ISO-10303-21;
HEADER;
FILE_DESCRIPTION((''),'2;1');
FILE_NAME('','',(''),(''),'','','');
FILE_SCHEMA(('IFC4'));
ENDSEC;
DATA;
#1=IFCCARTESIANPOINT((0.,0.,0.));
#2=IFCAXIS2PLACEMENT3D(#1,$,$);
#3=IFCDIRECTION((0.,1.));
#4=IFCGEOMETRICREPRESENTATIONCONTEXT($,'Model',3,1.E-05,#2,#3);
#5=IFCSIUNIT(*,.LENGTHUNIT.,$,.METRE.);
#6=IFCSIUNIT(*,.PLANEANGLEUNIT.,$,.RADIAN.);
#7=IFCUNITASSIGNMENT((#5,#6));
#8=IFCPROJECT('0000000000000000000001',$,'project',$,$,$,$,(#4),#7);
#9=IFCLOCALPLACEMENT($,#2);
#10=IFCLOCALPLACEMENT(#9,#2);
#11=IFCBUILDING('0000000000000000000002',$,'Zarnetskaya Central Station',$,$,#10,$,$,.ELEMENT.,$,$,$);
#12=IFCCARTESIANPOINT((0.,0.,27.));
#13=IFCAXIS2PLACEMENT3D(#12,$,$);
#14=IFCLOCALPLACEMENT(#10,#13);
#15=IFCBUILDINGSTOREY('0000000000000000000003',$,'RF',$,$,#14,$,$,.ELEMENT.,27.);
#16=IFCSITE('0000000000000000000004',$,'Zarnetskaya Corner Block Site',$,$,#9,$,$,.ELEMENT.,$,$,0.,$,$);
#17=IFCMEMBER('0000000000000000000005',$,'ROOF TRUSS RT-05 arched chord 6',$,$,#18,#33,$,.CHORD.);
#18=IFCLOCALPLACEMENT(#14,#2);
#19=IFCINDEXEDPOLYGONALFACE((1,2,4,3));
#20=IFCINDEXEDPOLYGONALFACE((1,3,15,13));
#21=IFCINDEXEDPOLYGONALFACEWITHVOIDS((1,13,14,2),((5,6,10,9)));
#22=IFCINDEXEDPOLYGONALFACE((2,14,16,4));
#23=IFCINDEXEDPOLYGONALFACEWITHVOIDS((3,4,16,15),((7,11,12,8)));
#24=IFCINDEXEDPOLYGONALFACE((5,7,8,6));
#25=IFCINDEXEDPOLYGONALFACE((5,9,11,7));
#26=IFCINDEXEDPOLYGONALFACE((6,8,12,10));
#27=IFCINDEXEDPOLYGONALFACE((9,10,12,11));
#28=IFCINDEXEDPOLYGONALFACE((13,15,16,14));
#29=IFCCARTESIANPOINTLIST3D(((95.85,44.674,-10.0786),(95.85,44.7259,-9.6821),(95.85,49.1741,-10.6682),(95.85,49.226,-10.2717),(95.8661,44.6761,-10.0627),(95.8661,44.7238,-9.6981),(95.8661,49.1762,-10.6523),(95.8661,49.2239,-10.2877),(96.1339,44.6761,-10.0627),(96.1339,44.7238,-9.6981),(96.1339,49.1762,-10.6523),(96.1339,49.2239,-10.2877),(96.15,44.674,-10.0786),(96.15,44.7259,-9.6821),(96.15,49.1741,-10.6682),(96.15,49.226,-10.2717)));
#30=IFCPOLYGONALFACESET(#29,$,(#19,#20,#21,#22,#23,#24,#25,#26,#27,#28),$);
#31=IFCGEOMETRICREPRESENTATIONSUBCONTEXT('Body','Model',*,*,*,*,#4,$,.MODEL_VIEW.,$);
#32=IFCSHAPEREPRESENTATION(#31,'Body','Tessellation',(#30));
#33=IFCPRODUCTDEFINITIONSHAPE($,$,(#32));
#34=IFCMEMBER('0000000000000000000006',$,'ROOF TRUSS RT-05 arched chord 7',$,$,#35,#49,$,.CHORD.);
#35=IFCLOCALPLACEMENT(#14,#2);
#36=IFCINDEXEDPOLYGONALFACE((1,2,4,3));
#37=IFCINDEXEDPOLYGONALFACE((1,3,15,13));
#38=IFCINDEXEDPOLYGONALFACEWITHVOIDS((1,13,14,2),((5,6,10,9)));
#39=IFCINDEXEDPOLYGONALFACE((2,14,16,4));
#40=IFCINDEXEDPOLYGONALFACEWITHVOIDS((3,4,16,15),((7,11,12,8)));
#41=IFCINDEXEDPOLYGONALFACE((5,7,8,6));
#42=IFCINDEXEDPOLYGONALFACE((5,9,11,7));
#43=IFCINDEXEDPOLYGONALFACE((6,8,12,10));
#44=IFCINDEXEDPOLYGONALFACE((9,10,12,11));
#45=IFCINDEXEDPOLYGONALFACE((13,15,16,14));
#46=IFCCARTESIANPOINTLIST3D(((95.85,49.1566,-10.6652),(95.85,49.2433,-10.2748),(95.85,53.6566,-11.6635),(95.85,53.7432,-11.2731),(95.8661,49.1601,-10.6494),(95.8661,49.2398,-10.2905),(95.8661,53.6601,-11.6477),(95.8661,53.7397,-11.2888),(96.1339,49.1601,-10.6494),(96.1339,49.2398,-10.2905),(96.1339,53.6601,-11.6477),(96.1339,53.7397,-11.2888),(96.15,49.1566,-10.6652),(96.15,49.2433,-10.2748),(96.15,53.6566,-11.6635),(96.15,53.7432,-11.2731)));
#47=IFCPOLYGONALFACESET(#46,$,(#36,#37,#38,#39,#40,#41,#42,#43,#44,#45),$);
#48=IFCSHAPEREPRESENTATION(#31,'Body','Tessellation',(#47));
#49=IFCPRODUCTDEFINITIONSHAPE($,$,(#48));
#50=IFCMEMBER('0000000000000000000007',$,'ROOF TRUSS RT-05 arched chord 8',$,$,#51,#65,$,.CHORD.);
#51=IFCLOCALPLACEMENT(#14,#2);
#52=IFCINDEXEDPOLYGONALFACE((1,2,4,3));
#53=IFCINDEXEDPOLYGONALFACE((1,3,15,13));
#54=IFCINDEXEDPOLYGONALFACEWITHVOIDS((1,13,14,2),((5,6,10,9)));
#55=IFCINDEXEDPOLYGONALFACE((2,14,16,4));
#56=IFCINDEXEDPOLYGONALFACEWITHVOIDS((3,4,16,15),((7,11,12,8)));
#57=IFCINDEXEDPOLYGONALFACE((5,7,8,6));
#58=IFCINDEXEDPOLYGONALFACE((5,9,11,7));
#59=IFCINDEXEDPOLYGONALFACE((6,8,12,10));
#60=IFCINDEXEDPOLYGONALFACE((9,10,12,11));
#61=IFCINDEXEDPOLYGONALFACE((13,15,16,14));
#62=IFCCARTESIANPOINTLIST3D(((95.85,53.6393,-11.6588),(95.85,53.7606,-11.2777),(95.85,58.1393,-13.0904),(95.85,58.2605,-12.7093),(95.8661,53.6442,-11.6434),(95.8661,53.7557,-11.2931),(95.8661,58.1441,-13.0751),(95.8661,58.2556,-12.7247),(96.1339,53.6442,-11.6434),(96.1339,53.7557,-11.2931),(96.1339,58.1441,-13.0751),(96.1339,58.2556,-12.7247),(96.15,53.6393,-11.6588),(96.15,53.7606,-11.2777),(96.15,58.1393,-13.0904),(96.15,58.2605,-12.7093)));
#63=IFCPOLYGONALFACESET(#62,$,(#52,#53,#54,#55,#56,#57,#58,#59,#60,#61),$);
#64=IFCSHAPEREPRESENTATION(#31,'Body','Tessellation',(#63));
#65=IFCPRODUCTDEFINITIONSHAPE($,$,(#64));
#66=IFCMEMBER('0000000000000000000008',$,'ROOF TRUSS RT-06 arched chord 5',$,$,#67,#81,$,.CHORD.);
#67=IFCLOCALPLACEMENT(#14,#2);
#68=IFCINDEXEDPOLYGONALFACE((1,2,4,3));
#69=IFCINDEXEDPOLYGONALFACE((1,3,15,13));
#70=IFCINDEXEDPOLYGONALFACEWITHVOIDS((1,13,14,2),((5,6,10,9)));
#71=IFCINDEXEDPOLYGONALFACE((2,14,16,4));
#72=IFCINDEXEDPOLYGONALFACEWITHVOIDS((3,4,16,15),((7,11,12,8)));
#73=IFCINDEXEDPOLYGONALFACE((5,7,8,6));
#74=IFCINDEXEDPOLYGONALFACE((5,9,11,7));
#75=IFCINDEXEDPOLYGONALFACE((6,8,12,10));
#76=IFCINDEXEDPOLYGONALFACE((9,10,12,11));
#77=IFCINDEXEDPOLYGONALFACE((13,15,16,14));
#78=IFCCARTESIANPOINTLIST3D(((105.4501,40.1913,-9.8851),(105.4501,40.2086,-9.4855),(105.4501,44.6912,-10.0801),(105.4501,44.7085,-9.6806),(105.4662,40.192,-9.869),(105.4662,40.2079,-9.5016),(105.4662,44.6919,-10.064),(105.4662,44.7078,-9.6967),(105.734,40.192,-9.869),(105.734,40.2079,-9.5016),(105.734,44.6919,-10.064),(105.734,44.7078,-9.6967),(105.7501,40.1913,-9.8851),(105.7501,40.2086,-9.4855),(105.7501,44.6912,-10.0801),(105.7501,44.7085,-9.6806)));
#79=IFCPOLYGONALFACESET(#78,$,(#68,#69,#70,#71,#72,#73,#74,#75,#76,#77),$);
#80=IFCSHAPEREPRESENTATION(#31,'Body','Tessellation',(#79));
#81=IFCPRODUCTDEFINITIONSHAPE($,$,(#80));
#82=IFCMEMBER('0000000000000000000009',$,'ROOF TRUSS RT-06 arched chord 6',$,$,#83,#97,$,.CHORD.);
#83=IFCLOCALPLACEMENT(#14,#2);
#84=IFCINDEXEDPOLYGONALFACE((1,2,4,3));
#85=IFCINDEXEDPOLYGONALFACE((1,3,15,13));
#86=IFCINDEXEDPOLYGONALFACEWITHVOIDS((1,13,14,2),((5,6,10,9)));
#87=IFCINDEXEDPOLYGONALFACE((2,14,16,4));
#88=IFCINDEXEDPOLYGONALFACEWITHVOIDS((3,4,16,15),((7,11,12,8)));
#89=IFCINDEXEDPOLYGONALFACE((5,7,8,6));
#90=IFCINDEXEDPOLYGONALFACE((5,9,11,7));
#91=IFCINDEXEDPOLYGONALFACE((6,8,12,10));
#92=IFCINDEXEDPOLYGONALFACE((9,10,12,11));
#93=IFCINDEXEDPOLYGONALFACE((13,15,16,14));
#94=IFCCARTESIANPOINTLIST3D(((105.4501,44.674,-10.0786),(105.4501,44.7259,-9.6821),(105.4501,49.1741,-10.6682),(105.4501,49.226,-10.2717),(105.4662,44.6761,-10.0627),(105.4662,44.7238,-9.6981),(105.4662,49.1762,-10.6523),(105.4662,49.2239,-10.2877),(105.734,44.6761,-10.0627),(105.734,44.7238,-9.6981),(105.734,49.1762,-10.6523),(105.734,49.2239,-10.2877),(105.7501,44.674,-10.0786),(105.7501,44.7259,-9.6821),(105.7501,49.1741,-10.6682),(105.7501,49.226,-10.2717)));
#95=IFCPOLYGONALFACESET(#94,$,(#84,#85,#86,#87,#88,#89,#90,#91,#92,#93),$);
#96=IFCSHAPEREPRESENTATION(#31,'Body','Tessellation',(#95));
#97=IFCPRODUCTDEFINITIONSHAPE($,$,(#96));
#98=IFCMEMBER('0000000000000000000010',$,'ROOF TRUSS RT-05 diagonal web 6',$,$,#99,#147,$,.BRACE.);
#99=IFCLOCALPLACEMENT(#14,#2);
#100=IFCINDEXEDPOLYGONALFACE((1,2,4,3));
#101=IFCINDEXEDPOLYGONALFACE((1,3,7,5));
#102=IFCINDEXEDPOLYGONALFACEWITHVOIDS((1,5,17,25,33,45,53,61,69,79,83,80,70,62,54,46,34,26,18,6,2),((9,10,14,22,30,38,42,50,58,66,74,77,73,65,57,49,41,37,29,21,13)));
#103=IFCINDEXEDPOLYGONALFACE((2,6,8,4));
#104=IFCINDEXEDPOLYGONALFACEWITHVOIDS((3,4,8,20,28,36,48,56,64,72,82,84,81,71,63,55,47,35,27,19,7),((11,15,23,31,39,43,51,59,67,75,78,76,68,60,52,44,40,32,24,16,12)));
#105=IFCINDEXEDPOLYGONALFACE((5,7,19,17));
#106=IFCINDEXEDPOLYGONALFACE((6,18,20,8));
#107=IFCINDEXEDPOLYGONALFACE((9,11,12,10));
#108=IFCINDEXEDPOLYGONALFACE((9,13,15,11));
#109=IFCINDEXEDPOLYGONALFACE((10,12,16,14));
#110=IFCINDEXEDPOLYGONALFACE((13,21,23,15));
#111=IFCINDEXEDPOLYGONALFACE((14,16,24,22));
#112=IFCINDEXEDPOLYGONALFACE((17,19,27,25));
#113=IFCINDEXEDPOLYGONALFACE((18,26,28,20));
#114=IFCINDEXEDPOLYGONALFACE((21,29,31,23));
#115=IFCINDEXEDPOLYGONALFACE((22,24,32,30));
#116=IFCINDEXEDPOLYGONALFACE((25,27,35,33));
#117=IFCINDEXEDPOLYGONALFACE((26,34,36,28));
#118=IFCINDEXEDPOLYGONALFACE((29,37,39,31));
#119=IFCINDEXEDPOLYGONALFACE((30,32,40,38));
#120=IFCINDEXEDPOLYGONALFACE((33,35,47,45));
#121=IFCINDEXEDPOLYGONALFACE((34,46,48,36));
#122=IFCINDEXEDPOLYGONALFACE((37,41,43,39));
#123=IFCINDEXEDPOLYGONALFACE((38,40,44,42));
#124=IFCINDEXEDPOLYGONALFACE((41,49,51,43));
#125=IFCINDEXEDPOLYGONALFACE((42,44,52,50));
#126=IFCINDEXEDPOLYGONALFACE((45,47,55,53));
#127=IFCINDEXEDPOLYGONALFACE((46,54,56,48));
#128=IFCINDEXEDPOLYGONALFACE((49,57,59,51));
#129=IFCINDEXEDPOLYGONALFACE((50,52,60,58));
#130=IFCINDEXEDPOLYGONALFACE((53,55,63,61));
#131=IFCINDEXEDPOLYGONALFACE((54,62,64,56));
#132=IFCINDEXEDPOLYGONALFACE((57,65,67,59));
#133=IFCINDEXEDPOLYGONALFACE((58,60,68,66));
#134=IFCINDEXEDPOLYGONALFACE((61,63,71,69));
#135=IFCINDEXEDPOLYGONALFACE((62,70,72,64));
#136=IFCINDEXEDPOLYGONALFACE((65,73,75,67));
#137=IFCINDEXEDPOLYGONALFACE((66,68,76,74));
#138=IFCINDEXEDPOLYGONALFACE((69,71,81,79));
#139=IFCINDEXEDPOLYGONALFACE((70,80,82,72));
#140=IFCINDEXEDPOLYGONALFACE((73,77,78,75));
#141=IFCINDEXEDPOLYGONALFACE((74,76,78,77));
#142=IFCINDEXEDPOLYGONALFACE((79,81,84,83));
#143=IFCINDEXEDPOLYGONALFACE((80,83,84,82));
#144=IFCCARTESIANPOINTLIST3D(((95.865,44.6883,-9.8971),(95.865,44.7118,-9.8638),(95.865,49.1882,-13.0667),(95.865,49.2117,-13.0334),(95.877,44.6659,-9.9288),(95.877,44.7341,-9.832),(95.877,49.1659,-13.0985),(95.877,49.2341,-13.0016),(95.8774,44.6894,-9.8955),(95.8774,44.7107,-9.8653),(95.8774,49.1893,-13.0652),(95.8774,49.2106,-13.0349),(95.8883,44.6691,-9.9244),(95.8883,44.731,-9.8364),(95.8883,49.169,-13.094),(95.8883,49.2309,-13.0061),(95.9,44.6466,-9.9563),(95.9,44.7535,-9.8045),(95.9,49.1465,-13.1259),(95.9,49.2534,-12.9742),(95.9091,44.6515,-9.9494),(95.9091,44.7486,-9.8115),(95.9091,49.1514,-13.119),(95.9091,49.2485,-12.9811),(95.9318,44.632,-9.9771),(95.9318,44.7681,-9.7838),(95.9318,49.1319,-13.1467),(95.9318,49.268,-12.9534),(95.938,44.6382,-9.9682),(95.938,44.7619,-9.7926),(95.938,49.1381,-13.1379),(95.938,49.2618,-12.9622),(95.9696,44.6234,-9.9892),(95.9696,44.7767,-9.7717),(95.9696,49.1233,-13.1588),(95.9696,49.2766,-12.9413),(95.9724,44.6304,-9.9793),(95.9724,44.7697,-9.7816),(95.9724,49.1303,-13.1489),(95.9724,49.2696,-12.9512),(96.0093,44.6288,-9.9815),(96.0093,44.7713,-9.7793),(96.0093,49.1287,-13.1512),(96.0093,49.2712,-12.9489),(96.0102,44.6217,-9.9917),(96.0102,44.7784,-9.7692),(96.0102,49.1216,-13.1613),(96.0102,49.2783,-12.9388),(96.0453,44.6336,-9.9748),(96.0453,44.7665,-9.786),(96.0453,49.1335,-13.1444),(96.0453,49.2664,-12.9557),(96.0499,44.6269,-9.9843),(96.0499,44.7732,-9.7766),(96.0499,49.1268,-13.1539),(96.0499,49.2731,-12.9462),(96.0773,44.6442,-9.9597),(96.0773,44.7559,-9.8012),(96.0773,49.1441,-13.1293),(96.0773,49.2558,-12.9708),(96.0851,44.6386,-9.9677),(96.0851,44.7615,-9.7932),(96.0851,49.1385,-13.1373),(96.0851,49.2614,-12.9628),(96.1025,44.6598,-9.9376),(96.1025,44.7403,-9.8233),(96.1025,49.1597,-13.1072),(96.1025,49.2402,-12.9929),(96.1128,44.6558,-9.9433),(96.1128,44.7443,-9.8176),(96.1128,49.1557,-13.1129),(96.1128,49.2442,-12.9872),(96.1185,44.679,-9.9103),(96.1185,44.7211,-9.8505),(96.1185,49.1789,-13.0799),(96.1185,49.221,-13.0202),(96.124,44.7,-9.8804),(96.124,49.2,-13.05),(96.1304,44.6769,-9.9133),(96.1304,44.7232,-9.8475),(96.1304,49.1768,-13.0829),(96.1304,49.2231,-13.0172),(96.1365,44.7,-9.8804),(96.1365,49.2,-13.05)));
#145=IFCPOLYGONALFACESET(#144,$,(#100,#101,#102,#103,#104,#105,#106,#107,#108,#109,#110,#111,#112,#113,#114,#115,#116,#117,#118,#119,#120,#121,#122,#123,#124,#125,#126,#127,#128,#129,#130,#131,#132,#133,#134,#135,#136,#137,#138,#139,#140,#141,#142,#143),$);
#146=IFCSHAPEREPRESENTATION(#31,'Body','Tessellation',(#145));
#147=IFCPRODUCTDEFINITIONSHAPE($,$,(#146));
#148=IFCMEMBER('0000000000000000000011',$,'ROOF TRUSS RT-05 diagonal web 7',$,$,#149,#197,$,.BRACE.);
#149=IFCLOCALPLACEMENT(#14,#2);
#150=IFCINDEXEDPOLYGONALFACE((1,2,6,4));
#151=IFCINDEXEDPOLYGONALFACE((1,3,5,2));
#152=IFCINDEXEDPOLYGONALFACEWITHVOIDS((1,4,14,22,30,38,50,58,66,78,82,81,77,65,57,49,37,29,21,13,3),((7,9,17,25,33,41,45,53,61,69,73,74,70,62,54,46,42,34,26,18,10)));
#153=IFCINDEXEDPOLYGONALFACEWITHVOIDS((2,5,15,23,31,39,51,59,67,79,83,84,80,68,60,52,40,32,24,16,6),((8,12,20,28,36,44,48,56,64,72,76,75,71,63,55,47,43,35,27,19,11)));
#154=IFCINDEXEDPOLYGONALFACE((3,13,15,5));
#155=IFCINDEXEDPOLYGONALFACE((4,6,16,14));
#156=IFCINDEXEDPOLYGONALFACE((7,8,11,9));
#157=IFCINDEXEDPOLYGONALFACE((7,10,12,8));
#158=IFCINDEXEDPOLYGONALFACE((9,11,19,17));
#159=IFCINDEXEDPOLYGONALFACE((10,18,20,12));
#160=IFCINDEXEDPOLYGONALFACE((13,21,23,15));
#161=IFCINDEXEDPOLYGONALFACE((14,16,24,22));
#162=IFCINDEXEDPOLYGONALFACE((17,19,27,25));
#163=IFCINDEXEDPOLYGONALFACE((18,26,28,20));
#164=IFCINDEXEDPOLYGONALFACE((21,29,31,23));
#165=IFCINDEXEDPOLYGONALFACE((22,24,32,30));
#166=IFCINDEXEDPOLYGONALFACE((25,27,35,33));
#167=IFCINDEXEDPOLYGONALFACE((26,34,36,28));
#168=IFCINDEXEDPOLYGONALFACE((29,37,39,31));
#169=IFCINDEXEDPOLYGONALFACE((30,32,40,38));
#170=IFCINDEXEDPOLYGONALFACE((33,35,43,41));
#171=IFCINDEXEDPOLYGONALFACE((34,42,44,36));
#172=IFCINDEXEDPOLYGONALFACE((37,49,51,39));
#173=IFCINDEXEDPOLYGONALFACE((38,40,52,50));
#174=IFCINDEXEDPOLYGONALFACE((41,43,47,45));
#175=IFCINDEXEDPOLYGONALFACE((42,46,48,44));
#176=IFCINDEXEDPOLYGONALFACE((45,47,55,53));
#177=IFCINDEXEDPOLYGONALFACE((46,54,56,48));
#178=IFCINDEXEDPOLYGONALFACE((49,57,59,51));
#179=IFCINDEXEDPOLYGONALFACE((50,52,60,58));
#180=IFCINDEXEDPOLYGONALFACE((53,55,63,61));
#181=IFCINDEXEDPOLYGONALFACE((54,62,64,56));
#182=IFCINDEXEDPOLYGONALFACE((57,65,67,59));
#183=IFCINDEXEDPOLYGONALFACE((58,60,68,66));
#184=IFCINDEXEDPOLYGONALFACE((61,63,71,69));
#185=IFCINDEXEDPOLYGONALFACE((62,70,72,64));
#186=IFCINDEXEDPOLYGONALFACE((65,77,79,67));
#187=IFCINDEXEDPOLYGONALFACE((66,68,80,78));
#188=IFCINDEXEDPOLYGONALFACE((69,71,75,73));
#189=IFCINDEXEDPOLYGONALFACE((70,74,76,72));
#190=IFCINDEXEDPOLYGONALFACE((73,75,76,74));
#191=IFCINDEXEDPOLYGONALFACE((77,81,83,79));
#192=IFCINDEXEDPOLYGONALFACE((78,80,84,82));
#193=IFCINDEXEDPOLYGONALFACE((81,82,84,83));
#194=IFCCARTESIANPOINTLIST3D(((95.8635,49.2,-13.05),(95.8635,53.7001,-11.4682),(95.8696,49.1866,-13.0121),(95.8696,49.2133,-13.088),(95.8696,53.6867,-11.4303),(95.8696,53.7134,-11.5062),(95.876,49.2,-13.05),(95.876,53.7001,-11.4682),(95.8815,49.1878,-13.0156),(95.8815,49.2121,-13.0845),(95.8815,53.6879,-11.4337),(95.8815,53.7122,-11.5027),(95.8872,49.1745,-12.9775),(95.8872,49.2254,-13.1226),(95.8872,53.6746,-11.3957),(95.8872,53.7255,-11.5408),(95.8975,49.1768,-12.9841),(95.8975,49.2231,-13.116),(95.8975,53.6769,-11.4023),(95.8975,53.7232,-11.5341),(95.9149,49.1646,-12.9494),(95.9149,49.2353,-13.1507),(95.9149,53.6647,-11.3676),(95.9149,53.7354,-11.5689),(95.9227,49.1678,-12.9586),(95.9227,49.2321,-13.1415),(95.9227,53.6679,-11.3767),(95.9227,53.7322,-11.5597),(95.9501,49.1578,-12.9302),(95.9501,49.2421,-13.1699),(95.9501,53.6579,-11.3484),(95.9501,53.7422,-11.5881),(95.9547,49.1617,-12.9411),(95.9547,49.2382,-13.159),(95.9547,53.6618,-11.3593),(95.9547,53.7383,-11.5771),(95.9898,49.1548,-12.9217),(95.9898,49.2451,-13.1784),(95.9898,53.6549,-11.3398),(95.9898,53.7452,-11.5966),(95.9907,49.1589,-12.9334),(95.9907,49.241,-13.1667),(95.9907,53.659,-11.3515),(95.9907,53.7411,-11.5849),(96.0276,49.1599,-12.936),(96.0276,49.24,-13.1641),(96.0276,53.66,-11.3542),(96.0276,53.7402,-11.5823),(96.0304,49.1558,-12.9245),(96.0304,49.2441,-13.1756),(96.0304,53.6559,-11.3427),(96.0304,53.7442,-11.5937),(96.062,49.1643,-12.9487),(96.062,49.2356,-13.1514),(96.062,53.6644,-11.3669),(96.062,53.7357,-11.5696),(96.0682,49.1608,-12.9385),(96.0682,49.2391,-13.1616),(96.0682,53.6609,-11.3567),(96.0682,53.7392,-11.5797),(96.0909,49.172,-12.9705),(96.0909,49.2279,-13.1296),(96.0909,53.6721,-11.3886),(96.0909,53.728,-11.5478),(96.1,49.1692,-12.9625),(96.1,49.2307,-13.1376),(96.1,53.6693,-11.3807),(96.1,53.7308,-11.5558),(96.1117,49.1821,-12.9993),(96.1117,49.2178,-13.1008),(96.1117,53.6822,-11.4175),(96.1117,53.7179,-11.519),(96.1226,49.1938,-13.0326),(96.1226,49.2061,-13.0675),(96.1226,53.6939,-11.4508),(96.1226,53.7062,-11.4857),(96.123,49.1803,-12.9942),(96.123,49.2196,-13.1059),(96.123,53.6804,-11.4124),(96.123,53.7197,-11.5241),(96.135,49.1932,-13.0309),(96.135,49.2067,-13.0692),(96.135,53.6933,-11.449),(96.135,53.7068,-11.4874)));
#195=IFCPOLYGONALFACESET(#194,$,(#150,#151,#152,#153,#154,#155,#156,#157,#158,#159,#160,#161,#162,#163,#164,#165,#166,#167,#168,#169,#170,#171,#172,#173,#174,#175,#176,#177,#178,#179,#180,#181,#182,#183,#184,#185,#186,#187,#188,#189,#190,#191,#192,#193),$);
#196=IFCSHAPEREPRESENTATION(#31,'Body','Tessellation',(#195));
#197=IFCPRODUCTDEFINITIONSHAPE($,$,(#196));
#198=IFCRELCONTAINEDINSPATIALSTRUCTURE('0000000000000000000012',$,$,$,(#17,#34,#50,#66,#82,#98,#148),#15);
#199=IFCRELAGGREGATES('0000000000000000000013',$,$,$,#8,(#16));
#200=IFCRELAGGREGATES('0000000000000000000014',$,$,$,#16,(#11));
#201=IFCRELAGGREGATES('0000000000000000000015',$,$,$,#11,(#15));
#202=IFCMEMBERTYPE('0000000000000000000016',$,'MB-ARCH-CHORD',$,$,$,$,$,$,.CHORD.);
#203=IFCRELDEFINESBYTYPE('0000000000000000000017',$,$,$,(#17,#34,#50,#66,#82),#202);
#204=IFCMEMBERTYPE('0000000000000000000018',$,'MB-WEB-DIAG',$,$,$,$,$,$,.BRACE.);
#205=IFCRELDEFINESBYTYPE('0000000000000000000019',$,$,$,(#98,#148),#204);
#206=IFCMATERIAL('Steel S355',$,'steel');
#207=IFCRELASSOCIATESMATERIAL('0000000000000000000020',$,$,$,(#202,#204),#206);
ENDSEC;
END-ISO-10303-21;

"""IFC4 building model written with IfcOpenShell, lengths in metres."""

from ifc_helpers import new_model, si_unit, direction, frame, origin, origin_2d, place, context, subcontext, project, spatial, hollow_rectangle, hollow_circle, extrude, material, material_profile, profile_set, type_object, element, save


model = new_model("IFC4")

# Units and contexts
model_context = context("Model", 3, precision=1e-05, world=origin(), true_north=direction((0.0, 1.0)))
body_context = subcontext(model_context, "Body", "Model", "MODEL_VIEW")
ifc_project = project(units=[si_unit("LENGTHUNIT", "METRE"), si_unit("PLANEANGLEUNIT", "RADIAN")], contexts=[model_context])

# Site, building, storey
site_placement = place(None, origin())
site = spatial("IfcSite", under=ifc_project, at=site_placement, Name="Zarnetskaya Corner Block Site", CompositionType="ELEMENT", RefElevation=0.0)
building_placement = place(site_placement, origin())
building = spatial("IfcBuilding", under=site, at=building_placement, Name="Zarnetskaya Central Station", CompositionType="ELEMENT")
storey_placement = place(building_placement, frame((0.0, 0.0, 27.0)))
storey = spatial("IfcBuildingStorey", under=building, at=storey_placement, Name="RF", CompositionType="ELEMENT", Elevation=27.0)

# Shared definitions
ifc_material_1 = material(Name="Steel S355", Category="steel")

# Members
ifc_material_profile_1 = material_profile(ifc_material_1, hollow_rectangle(XDim=0.3, YDim=0.3999, WallThickness=0.0161, at=origin_2d()), Name="RHS 400x300x16")
ifc_profile_set_1 = profile_set([ifc_material_profile_1], Name="Steel S355")
member_type_1 = type_object("IfcMemberType", Name="MB-ARCH-CHORD", PredefinedType="CHORD", material=ifc_profile_set_1)
member_1_placement = place(storey_placement, frame((96.0, 44.7, -9.8804), z_axis=(0.0, 0.991526, -0.129912), x_axis=(-1.0, 0.0, 0.0)))
element("IfcMember", 1, at=member_1_placement, inside=storey, type_object=member_type_1, Name="ROOF TRUSS RT-05 arched chord 6", PredefinedType="CHORD", context=body_context, shape_type="SweptSolid", body=[
    extrude(hollow_rectangle(XDim=0.3, YDim=0.3999, WallThickness=0.0161, at=origin_2d()), origin(), (0.0, 0.0, 1.0), 4.5386),
])
member_2_placement = place(storey_placement, frame((96.0, 49.2, -10.47), z_axis=(0.0, 0.976266, -0.216577), x_axis=(-1.0, 0.0, 0.0)))
element("IfcMember", 2, at=member_2_placement, inside=storey, type_object=member_type_1, Name="ROOF TRUSS RT-05 arched chord 7", PredefinedType="CHORD", context=body_context, shape_type="SweptSolid", body=[
    extrude(hollow_rectangle(XDim=0.3, YDim=0.3999, WallThickness=0.0161, at=origin_2d()), origin(), (0.0, 0.0, 1.0), 4.6094),
])
member_3_placement = place(storey_placement, frame((96.0, 53.7, -11.4683), z_axis=(0.0, 0.952937, -0.30317), x_axis=(-1.0, 0.0, 0.0)))
element("IfcMember", 3, at=member_3_placement, inside=storey, type_object=member_type_1, Name="ROOF TRUSS RT-05 arched chord 8", PredefinedType="CHORD", context=body_context, shape_type="SweptSolid", body=[
    extrude(hollow_rectangle(XDim=0.3, YDim=0.3999, WallThickness=0.0161, at=origin_2d()), origin(), (0.0, 0.0, 1.0), 4.7222),
])
member_4_placement = place(storey_placement, frame((105.6001, 40.2, -9.6853), z_axis=(0.0, 0.999062, -0.043308), x_axis=(-1.0, 0.0, 0.0)))
element("IfcMember", 4, at=member_4_placement, inside=storey, type_object=member_type_1, Name="ROOF TRUSS RT-06 arched chord 5", PredefinedType="CHORD", context=body_context, shape_type="SweptSolid", body=[
    extrude(hollow_rectangle(XDim=0.3, YDim=0.3999, WallThickness=0.0161, at=origin_2d()), origin(), (0.0, 0.0, 1.0), 4.5042),
])
member_5_placement = place(storey_placement, frame((105.6001, 44.7, -9.8804), z_axis=(0.0, 0.991526, -0.129912), x_axis=(-1.0, 0.0, 0.0)))
element("IfcMember", 5, at=member_5_placement, inside=storey, type_object=member_type_1, Name="ROOF TRUSS RT-06 arched chord 6", PredefinedType="CHORD", context=body_context, shape_type="SweptSolid", body=[
    extrude(hollow_rectangle(XDim=0.3, YDim=0.3999, WallThickness=0.0161, at=origin_2d()), origin(), (0.0, 0.0, 1.0), 4.5386),
])
ifc_material_profile_2 = material_profile(ifc_material_1, hollow_circle(Radius=0.1365, WallThickness=0.0125, at=origin_2d()), Name="CHS 273x12.5")
ifc_profile_set_2 = profile_set([ifc_material_profile_2], Name="Steel S355")
member_type_2 = type_object("IfcMemberType", Name="MB-WEB-DIAG", PredefinedType="BRACE", material=ifc_profile_set_2)
member_6_placement = place(storey_placement, frame((96.0, 49.2, -13.05), z_axis=(0.0, -0.817549, 0.575859), x_axis=(1.0, 0.0, 0.0)))
element("IfcMember", 6, at=member_6_placement, inside=storey, type_object=member_type_2, Name="ROOF TRUSS RT-05 diagonal web 6", PredefinedType="BRACE", context=body_context, shape_type="SweptSolid", body=[
    extrude(hollow_circle(Radius=0.1365, WallThickness=0.0125, at=origin_2d()), origin(), (0.0, 0.0, 1.0), 5.5042),
])
member_7_placement = place(storey_placement, frame((96.0, 49.2, -13.05), z_axis=(0.0, 0.943414, 0.331618), x_axis=(-1.0, 0.0, 0.0)))
element("IfcMember", 7, at=member_7_placement, inside=storey, type_object=member_type_2, Name="ROOF TRUSS RT-05 diagonal web 7", PredefinedType="BRACE", context=body_context, shape_type="SweptSolid", body=[
    extrude(hollow_circle(Radius=0.1365, WallThickness=0.0125, at=origin_2d()), origin(), (0.0, 0.0, 1.0), 4.77),
])

save(model, "model.ifc")
